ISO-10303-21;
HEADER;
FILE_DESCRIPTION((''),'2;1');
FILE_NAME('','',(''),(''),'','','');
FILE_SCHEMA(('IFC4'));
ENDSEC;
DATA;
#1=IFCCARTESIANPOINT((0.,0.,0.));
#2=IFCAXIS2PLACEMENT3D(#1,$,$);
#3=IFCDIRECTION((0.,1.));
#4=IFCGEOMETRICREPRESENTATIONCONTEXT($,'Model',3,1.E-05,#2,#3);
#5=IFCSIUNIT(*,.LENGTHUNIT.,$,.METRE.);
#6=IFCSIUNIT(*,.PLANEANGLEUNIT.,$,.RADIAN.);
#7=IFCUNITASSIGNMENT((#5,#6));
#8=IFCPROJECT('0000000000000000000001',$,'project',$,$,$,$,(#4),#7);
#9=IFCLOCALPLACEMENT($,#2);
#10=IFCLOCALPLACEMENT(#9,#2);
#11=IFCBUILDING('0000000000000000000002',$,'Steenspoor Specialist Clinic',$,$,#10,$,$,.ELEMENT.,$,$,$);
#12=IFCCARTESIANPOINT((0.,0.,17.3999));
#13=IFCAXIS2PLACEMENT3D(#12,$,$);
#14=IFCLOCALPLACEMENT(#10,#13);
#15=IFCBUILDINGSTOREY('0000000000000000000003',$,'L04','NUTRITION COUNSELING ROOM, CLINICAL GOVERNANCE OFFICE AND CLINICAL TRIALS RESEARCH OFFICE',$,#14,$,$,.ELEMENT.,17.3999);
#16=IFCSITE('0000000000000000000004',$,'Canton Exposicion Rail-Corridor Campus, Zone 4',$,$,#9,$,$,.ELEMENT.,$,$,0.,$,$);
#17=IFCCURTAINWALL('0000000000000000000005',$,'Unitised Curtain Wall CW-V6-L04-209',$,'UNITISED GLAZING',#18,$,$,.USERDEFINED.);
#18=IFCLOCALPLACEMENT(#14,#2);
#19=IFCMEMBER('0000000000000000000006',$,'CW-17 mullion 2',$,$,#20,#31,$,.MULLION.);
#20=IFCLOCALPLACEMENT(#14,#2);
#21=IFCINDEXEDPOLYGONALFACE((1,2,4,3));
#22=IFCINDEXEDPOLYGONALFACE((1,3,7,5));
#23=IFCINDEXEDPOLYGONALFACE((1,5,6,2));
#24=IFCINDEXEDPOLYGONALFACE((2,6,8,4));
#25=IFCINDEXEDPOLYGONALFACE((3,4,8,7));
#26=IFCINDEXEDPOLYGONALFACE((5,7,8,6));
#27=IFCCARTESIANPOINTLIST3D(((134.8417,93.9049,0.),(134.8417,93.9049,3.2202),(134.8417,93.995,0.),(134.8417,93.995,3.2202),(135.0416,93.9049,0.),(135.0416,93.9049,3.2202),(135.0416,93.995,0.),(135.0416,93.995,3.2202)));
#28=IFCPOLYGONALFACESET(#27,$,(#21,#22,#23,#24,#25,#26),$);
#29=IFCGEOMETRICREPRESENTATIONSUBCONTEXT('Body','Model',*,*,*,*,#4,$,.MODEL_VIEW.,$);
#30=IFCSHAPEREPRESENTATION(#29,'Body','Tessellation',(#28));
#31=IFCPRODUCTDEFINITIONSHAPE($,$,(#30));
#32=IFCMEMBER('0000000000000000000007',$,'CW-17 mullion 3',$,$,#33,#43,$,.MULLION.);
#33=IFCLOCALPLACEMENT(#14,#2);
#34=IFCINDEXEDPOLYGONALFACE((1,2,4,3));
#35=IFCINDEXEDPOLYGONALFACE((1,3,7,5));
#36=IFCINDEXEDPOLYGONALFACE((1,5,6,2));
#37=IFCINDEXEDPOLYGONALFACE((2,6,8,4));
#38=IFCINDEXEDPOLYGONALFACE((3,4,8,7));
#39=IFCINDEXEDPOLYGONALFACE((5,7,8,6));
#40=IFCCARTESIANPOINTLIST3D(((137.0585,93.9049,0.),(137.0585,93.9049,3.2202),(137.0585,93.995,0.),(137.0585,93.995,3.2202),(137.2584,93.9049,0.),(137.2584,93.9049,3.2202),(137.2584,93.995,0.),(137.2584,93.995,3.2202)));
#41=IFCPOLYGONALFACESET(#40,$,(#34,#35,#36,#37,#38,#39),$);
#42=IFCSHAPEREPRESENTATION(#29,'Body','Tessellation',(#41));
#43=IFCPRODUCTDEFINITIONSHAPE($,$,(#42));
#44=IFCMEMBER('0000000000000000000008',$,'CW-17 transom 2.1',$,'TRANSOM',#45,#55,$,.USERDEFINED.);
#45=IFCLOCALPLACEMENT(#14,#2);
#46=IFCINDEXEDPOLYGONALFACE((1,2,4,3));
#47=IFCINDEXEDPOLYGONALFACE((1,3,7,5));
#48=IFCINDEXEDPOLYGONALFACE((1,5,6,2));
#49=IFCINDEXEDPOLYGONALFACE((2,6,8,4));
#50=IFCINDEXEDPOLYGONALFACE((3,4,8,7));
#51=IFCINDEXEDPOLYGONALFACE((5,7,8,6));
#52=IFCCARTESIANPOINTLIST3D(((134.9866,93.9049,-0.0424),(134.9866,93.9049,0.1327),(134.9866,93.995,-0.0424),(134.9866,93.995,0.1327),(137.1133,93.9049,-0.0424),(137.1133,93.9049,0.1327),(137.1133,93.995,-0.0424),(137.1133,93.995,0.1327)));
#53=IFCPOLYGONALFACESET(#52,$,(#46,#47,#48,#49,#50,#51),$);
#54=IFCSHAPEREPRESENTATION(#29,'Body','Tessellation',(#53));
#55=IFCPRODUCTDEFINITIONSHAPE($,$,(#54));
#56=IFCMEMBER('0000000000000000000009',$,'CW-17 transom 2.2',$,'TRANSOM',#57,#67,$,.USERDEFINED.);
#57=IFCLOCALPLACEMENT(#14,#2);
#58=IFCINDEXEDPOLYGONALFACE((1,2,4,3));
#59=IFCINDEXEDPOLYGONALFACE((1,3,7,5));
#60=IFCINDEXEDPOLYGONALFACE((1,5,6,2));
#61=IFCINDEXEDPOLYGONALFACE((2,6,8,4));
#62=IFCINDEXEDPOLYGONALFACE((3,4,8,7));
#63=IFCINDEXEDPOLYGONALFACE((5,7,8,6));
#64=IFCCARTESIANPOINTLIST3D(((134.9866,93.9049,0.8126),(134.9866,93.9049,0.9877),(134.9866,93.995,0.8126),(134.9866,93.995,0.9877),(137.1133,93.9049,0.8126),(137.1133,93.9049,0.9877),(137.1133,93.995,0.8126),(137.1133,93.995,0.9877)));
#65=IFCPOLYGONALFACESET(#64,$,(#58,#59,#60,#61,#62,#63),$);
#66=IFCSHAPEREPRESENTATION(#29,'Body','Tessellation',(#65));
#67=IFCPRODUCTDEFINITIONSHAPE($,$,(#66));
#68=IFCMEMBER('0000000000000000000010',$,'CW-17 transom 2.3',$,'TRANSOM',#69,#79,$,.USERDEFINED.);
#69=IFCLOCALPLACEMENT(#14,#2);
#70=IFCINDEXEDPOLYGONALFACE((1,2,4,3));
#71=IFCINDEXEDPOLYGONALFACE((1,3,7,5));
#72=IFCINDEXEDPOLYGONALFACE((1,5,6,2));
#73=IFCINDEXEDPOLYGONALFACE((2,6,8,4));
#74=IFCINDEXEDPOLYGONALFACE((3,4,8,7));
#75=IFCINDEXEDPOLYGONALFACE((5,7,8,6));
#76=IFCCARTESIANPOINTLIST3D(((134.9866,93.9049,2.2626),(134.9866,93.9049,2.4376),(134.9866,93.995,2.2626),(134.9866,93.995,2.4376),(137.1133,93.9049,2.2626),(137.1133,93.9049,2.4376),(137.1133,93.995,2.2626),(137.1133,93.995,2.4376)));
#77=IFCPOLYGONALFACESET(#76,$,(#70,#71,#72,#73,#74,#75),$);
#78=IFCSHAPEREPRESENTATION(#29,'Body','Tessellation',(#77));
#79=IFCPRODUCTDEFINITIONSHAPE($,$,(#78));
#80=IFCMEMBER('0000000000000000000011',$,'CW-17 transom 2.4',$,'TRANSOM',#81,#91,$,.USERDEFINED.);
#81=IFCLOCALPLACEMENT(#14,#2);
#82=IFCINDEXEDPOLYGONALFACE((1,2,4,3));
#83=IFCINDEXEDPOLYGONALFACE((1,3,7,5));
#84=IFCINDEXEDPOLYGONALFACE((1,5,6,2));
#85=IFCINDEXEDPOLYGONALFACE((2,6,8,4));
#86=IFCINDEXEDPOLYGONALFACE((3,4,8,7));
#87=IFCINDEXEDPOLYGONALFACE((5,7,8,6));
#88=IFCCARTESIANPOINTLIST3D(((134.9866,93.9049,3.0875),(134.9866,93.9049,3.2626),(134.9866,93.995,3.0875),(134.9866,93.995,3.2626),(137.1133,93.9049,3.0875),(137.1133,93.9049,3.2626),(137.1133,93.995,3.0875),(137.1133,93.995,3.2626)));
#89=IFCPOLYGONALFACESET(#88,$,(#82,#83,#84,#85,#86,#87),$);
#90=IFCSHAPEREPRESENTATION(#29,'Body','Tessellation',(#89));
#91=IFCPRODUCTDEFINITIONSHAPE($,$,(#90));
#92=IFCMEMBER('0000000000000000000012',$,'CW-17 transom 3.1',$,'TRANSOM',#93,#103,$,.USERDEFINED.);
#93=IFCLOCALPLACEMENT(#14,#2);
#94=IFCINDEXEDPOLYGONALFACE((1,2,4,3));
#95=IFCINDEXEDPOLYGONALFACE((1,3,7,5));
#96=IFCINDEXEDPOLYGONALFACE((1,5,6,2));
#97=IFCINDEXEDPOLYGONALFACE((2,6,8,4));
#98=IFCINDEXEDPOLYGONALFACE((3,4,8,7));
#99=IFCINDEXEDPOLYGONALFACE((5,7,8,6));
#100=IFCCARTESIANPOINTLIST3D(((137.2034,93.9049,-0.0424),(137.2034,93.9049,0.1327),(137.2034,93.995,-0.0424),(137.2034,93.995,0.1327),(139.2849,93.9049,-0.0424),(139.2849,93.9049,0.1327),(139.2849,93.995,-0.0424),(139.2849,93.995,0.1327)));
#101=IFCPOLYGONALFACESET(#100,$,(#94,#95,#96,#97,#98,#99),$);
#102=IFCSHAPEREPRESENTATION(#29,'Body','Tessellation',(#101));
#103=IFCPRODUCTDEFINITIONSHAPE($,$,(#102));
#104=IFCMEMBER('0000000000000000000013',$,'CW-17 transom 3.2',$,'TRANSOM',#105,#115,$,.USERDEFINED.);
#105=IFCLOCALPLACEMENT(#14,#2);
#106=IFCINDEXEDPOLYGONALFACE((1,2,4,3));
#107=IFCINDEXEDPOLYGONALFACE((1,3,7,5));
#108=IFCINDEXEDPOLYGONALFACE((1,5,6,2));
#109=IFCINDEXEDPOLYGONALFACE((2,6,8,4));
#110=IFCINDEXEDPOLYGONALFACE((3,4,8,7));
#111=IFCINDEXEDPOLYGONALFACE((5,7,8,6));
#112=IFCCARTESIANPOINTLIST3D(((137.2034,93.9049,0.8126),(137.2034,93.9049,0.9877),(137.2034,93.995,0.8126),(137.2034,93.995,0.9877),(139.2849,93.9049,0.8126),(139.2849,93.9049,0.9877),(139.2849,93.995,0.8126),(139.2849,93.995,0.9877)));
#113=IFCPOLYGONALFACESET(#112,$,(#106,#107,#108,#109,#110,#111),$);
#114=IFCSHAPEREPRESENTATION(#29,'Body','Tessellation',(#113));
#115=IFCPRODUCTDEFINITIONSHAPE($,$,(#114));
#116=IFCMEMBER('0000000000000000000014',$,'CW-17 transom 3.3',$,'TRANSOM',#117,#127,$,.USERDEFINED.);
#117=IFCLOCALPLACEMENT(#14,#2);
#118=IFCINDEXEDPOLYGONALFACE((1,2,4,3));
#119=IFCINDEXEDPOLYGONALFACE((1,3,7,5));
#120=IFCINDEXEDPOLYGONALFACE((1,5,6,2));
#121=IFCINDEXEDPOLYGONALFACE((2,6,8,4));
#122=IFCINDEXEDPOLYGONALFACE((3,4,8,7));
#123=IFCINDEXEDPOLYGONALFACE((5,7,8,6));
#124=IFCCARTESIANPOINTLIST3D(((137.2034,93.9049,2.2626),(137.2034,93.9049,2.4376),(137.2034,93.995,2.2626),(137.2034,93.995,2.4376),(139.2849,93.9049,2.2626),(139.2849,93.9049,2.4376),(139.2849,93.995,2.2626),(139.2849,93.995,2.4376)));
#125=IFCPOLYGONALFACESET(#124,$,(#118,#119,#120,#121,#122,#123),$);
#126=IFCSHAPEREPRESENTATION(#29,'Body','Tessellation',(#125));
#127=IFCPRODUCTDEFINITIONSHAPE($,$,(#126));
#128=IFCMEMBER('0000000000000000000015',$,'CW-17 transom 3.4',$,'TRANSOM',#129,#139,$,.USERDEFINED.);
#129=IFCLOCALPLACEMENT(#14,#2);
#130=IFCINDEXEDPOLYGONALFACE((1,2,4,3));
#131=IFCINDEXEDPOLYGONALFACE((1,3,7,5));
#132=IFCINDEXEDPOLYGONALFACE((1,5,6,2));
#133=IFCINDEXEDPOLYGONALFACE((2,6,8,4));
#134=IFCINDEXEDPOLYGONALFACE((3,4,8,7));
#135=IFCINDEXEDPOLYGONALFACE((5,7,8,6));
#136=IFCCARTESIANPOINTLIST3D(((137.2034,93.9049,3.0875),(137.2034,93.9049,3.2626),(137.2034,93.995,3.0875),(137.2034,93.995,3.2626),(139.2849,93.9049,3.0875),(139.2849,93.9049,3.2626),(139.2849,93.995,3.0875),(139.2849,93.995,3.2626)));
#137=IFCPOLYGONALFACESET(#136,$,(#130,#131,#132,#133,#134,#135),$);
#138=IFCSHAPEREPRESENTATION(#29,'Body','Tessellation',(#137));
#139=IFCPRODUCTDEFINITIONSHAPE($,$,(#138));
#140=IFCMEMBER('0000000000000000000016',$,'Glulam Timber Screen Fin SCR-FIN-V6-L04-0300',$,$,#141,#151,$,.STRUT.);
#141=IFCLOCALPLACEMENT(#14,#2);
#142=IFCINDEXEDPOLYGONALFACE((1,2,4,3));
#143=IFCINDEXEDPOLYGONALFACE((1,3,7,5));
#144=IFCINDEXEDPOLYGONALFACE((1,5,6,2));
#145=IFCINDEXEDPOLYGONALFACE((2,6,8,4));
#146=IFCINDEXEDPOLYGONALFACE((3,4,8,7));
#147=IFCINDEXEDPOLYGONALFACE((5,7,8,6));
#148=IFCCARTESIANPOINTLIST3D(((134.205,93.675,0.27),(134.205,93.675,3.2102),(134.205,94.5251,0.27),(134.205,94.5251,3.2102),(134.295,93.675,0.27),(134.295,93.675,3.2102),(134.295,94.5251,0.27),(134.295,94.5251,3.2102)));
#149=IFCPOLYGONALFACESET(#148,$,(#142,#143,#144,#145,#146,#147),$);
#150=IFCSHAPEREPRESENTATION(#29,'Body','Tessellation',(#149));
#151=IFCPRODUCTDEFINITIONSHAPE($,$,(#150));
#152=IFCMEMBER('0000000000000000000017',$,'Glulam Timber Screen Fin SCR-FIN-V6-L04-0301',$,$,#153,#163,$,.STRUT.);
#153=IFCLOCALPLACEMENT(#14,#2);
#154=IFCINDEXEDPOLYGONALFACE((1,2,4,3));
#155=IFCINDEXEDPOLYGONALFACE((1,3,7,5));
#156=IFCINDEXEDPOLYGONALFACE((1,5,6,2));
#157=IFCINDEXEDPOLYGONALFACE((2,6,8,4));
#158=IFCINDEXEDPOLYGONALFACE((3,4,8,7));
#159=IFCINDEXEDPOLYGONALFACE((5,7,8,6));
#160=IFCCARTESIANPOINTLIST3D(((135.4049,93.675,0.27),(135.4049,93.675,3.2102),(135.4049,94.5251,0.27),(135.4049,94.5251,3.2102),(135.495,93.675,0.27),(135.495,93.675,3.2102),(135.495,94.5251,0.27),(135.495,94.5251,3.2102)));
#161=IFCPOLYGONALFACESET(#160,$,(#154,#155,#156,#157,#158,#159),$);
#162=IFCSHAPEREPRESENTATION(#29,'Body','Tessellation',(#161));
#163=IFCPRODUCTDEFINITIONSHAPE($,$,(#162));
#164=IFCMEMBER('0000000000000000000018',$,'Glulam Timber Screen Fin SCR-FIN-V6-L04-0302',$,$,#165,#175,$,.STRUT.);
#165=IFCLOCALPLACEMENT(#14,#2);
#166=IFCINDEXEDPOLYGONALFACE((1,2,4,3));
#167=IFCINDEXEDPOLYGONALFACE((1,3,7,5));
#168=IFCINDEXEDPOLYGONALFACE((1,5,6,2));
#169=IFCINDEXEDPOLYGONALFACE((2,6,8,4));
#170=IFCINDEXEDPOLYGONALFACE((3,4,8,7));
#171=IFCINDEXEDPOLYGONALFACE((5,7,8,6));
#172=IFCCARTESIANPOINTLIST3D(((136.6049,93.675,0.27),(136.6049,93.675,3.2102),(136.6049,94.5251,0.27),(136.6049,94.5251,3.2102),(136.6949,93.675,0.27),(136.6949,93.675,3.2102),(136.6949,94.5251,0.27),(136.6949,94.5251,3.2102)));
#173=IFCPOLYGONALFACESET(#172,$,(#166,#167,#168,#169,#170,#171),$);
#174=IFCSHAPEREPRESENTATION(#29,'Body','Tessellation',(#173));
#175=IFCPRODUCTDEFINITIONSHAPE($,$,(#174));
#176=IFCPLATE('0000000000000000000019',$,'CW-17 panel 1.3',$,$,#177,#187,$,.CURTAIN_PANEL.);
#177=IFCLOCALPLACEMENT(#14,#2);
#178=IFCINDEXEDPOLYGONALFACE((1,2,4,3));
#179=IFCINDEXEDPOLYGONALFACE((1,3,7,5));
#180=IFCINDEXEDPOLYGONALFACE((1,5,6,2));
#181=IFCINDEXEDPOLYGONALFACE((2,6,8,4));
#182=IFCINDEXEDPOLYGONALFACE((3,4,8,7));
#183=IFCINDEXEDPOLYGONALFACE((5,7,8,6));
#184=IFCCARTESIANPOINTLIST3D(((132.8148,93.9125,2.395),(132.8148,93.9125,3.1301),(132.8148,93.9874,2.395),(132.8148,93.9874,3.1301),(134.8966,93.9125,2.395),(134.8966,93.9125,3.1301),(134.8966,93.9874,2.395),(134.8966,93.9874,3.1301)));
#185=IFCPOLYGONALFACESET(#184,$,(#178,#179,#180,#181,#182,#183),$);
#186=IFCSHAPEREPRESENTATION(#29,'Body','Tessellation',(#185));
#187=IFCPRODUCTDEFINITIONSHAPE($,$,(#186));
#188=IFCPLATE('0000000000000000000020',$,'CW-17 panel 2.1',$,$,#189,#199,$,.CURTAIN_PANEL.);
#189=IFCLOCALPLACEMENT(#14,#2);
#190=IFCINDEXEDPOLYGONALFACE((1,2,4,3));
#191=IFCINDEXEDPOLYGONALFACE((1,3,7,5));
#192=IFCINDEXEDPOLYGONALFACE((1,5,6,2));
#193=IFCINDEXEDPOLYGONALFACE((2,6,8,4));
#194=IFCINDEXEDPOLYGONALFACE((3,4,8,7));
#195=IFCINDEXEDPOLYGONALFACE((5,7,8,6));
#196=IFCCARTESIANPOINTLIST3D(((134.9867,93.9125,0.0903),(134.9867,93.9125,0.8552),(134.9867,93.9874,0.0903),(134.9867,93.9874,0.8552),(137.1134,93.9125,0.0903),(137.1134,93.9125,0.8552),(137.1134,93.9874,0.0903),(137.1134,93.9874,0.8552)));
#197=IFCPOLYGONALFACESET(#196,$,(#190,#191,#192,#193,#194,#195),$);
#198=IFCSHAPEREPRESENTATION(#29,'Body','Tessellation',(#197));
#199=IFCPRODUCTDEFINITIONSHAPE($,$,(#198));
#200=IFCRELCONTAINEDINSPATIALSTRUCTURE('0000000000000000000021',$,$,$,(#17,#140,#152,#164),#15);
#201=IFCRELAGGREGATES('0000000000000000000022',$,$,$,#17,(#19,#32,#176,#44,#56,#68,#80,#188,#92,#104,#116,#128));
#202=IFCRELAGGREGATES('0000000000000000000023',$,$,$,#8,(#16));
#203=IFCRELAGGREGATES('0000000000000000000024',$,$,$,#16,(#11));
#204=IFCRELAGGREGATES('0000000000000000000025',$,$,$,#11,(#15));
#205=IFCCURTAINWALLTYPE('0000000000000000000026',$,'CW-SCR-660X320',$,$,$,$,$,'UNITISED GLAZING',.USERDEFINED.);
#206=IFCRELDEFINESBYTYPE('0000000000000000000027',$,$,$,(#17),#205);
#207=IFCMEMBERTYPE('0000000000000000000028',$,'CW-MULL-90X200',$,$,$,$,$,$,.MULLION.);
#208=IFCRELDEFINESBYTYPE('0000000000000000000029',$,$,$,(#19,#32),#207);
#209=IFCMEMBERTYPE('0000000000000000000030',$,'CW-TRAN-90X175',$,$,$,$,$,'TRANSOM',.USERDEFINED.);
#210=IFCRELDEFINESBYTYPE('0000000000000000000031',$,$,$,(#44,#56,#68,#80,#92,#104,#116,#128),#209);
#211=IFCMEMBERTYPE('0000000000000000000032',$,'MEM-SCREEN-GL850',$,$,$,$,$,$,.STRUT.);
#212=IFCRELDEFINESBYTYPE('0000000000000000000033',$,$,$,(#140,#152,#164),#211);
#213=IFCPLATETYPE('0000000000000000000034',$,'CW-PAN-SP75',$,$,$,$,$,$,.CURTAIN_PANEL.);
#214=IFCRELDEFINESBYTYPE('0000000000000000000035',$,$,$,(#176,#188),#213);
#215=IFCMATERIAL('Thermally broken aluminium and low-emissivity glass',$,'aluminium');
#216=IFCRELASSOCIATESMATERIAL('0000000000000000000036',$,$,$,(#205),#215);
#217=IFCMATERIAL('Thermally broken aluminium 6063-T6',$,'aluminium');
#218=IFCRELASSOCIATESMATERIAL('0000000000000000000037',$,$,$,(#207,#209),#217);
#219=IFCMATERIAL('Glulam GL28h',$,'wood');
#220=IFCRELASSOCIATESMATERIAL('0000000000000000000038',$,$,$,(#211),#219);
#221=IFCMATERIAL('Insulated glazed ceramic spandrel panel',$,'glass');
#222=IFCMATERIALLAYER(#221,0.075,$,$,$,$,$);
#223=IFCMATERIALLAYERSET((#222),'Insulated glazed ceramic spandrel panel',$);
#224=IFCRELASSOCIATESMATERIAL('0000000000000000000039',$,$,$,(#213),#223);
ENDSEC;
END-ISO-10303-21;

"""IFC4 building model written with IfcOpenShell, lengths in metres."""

from ifc_helpers import new_model, si_unit, direction, frame, origin, origin_2d, place, context, subcontext, project, spatial, rectangle, extrude, material, layer, layer_set, material_profile, profile_set, type_object, element, aggregate, save


model = new_model("IFC4")

# Units and contexts
model_context = context("Model", 3, precision=1e-05, world=origin(), true_north=direction((0.0, 1.0)))
body_context = subcontext(model_context, "Body", "Model", "MODEL_VIEW")
ifc_project = project(units=[si_unit("LENGTHUNIT", "METRE"), si_unit("PLANEANGLEUNIT", "RADIAN")], contexts=[model_context])

# Site, building, storey
site_placement = place(None, origin())
site = spatial("IfcSite", under=ifc_project, at=site_placement, Name="Canton Exposicion Rail-Corridor Campus, Zone 4", CompositionType="ELEMENT", RefElevation=0.0)
building_placement = place(site_placement, origin())
building = spatial("IfcBuilding", under=site, at=building_placement, Name="Steenspoor Specialist Clinic", CompositionType="ELEMENT")
storey_placement = place(building_placement, frame((0.0, 0.0, 17.3999)))
storey = spatial("IfcBuildingStorey", under=building, at=storey_placement, Name="L04", Description="NUTRITION COUNSELING ROOM, CLINICAL GOVERNANCE OFFICE AND CLINICAL TRIALS RESEARCH OFFICE", CompositionType="ELEMENT", Elevation=17.3999)

# Curtain wall, members
ifc_material_1 = material(Name="Thermally broken aluminium and low-emissivity glass", Category="aluminium")
curtain_wall_type = type_object("IfcCurtainWallType", Name="CW-SCR-660X320", ElementType="UNITISED GLAZING", PredefinedType="USERDEFINED", material=ifc_material_1)
curtain_wall_placement = place(storey_placement, origin())
curtain_wall = element("IfcCurtainWall", 1, at=curtain_wall_placement, inside=storey, type_object=curtain_wall_type, Name="Unitised Curtain Wall CW-V6-L04-209", ObjectType="UNITISED GLAZING", PredefinedType="USERDEFINED")
ifc_material_2 = material(Name="Thermally broken aluminium 6063-T6", Category="aluminium")
ifc_material_profile_1 = material_profile(ifc_material_2, rectangle(XDim=0.0901, YDim=0.2, at=origin_2d()), Name="CWM-90X200")
ifc_profile_set_1 = profile_set([ifc_material_profile_1], Name="Thermally broken aluminium 6063-T6")
member_type_1 = type_object("IfcMemberType", Name="CW-MULL-90X200", PredefinedType="MULLION", material=ifc_profile_set_1)
member_1_placement = place(storey_placement, frame((134.9417, 93.95, 0.0), z_axis=(0.0, 0.0, 1.0), x_axis=(0.0, 1.0, 0.0)))
member_1 = element("IfcMember", 2, at=member_1_placement, type_object=member_type_1, Name="CW-17 mullion 2", PredefinedType="MULLION", context=body_context, shape_type="SweptSolid", body=[
    extrude(rectangle(XDim=0.0901, YDim=0.2, at=origin_2d()), origin(), (0.0, 0.0, 1.0), 3.2202),
])
member_2_placement = place(storey_placement, frame((137.1584, 93.95, 0.0), z_axis=(0.0, 0.0, 1.0), x_axis=(0.0, 1.0, 0.0)))
member_2 = element("IfcMember", 3, at=member_2_placement, type_object=member_type_1, Name="CW-17 mullion 3", PredefinedType="MULLION", context=body_context, shape_type="SweptSolid", body=[
    extrude(rectangle(XDim=0.0901, YDim=0.2, at=origin_2d()), origin(), (0.0, 0.0, 1.0), 3.2202),
])
ifc_material_profile_2 = material_profile(ifc_material_2, rectangle(XDim=0.0901, YDim=0.175, at=origin_2d()), Name="CWT-90X175")
ifc_profile_set_2 = profile_set([ifc_material_profile_2], Name="Thermally broken aluminium 6063-T6")
member_type_2 = type_object("IfcMemberType", Name="CW-TRAN-90X175", ElementType="TRANSOM", PredefinedType="USERDEFINED", material=ifc_profile_set_2)
member_3_placement = place(storey_placement, frame((134.9866, 93.95, 0.0452), z_axis=(1.0, 0.0, 0.0), x_axis=(0.0, 1.0, 0.0)))
member_3 = element("IfcMember", 4, at=member_3_placement, type_object=member_type_2, Name="CW-17 transom 2.1", ObjectType="TRANSOM", PredefinedType="USERDEFINED", context=body_context, shape_type="SweptSolid", body=[
    extrude(rectangle(XDim=0.0901, YDim=0.175, at=origin_2d()), origin(), (0.0, 0.0, 1.0), 2.1267),
])
member_4_placement = place(storey_placement, frame((134.9866, 93.95, 0.9001), z_axis=(1.0, 0.0, 0.0), x_axis=(0.0, 1.0, 0.0)))
member_4 = element("IfcMember", 5, at=member_4_placement, type_object=member_type_2, Name="CW-17 transom 2.2", ObjectType="TRANSOM", PredefinedType="USERDEFINED", context=body_context, shape_type="SweptSolid", body=[
    extrude(rectangle(XDim=0.0901, YDim=0.175, at=origin_2d()), origin(), (0.0, 0.0, 1.0), 2.1267),
])
member_5_placement = place(storey_placement, frame((134.9866, 93.95, 2.3501), z_axis=(1.0, 0.0, 0.0), x_axis=(0.0, 1.0, 0.0)))
member_5 = element("IfcMember", 6, at=member_5_placement, type_object=member_type_2, Name="CW-17 transom 2.3", ObjectType="TRANSOM", PredefinedType="USERDEFINED", context=body_context, shape_type="SweptSolid", body=[
    extrude(rectangle(XDim=0.0901, YDim=0.175, at=origin_2d()), origin(), (0.0, 0.0, 1.0), 2.1267),
])
member_6_placement = place(storey_placement, frame((134.9866, 93.95, 3.175), z_axis=(1.0, 0.0, 0.0), x_axis=(0.0, 1.0, 0.0)))
member_6 = element("IfcMember", 7, at=member_6_placement, type_object=member_type_2, Name="CW-17 transom 2.4", ObjectType="TRANSOM", PredefinedType="USERDEFINED", context=body_context, shape_type="SweptSolid", body=[
    extrude(rectangle(XDim=0.0901, YDim=0.175, at=origin_2d()), origin(), (0.0, 0.0, 1.0), 2.1267),
])
member_7_placement = place(storey_placement, frame((137.2034, 93.95, 0.0452), z_axis=(1.0, 0.0, 0.0), x_axis=(0.0, 1.0, 0.0)))
member_7 = element("IfcMember", 8, at=member_7_placement, type_object=member_type_2, Name="CW-17 transom 3.1", ObjectType="TRANSOM", PredefinedType="USERDEFINED", context=body_context, shape_type="SweptSolid", body=[
    extrude(rectangle(XDim=0.0901, YDim=0.175, at=origin_2d()), origin(), (0.0, 0.0, 1.0), 2.0815),
])
member_8_placement = place(storey_placement, frame((137.2034, 93.95, 0.9001), z_axis=(1.0, 0.0, 0.0), x_axis=(0.0, 1.0, 0.0)))
member_8 = element("IfcMember", 9, at=member_8_placement, type_object=member_type_2, Name="CW-17 transom 3.2", ObjectType="TRANSOM", PredefinedType="USERDEFINED", context=body_context, shape_type="SweptSolid", body=[
    extrude(rectangle(XDim=0.0901, YDim=0.175, at=origin_2d()), origin(), (0.0, 0.0, 1.0), 2.0815),
])
member_9_placement = place(storey_placement, frame((137.2034, 93.95, 2.3501), z_axis=(1.0, 0.0, 0.0), x_axis=(0.0, 1.0, 0.0)))
member_9 = element("IfcMember", 10, at=member_9_placement, type_object=member_type_2, Name="CW-17 transom 3.3", ObjectType="TRANSOM", PredefinedType="USERDEFINED", context=body_context, shape_type="SweptSolid", body=[
    extrude(rectangle(XDim=0.0901, YDim=0.175, at=origin_2d()), origin(), (0.0, 0.0, 1.0), 2.0815),
])
member_10_placement = place(storey_placement, frame((137.2034, 93.95, 3.175), z_axis=(1.0, 0.0, 0.0), x_axis=(0.0, 1.0, 0.0)))
member_10 = element("IfcMember", 11, at=member_10_placement, type_object=member_type_2, Name="CW-17 transom 3.4", ObjectType="TRANSOM", PredefinedType="USERDEFINED", context=body_context, shape_type="SweptSolid", body=[
    extrude(rectangle(XDim=0.0901, YDim=0.175, at=origin_2d()), origin(), (0.0, 0.0, 1.0), 2.0815),
])

# Members
ifc_material_3 = material(Name="Glulam GL28h", Category="wood")
ifc_material_profile_3 = material_profile(ifc_material_3, rectangle(XDim=0.0901, YDim=0.8501, at=origin_2d()), Name="GL28H-90X850")
ifc_profile_set_3 = profile_set([ifc_material_profile_3], Name="Glulam GL28h")
member_type_3 = type_object("IfcMemberType", Name="MEM-SCREEN-GL850", PredefinedType="STRUT", material=ifc_profile_set_3)
for number, where, z_axis, x_axis, name in (
    (12, (134.25, 94.1001, 0.27), (0.0, 0.0, 1.0), (1.0, 0.0, 0.0), "Glulam Timber Screen Fin SCR-FIN-V6-L04-0300"),
    (13, (135.45, 94.1001, 0.27), (0.0, 0.0, 1.0), (1.0, 0.0, 0.0), "Glulam Timber Screen Fin SCR-FIN-V6-L04-0301"),
    (14, (136.6499, 94.1001, 0.27), (0.0, 0.0, 1.0), (1.0, 0.0, 0.0), "Glulam Timber Screen Fin SCR-FIN-V6-L04-0302"),
):
    element("IfcMember", number, at=place(storey_placement, frame(where, z_axis=z_axis, x_axis=x_axis)), inside=storey, type_object=member_type_3, Name=name, PredefinedType="STRUT", context=body_context, shape_type="SweptSolid", body=[
        extrude(rectangle(XDim=0.0901, YDim=0.8501, at=origin_2d()), origin(), (0.0, 0.0, 1.0), 2.9402),
    ])

# Plates
ifc_material_4 = material(Name="Insulated glazed ceramic spandrel panel", Category="glass")
ifc_layer_1 = layer(ifc_material_4, 0.075)
ifc_layer_set_1 = layer_set([ifc_layer_1], Name="Insulated glazed ceramic spandrel panel")
plate_type = type_object("IfcPlateType", Name="CW-PAN-SP75", PredefinedType="CURTAIN_PANEL", material=ifc_layer_set_1)
plate_1_placement = place(storey_placement, frame((133.8557, 93.95, 2.395), z_axis=(0.0, 0.0, 1.0), x_axis=(1.0, 0.0, 0.0)))
plate_1 = element("IfcPlate", 15, at=plate_1_placement, type_object=plate_type, Name="CW-17 panel 1.3", PredefinedType="CURTAIN_PANEL", context=body_context, shape_type="SweptSolid", body=[
    extrude(rectangle(XDim=2.0818, YDim=0.075, at=origin_2d()), origin(), (0.0, 0.0, 1.0), 0.7351),
])
plate_2_placement = place(storey_placement, frame((136.05, 93.95, 0.0903), z_axis=(0.0, 0.0, 1.0), x_axis=(1.0, 0.0, 0.0)))
plate_2 = element("IfcPlate", 16, at=plate_2_placement, type_object=plate_type, Name="CW-17 panel 2.1", PredefinedType="CURTAIN_PANEL", context=body_context, shape_type="SweptSolid", body=[
    extrude(rectangle(XDim=2.1267, YDim=0.075, at=origin_2d()), origin(), (0.0, 0.0, 1.0), 0.7649),
])
aggregate(curtain_wall, [member_1, member_2, plate_1, member_3, member_4, member_5, member_6, plate_2, member_7, member_8, member_9, member_10])

save(model, "model.ifc")
